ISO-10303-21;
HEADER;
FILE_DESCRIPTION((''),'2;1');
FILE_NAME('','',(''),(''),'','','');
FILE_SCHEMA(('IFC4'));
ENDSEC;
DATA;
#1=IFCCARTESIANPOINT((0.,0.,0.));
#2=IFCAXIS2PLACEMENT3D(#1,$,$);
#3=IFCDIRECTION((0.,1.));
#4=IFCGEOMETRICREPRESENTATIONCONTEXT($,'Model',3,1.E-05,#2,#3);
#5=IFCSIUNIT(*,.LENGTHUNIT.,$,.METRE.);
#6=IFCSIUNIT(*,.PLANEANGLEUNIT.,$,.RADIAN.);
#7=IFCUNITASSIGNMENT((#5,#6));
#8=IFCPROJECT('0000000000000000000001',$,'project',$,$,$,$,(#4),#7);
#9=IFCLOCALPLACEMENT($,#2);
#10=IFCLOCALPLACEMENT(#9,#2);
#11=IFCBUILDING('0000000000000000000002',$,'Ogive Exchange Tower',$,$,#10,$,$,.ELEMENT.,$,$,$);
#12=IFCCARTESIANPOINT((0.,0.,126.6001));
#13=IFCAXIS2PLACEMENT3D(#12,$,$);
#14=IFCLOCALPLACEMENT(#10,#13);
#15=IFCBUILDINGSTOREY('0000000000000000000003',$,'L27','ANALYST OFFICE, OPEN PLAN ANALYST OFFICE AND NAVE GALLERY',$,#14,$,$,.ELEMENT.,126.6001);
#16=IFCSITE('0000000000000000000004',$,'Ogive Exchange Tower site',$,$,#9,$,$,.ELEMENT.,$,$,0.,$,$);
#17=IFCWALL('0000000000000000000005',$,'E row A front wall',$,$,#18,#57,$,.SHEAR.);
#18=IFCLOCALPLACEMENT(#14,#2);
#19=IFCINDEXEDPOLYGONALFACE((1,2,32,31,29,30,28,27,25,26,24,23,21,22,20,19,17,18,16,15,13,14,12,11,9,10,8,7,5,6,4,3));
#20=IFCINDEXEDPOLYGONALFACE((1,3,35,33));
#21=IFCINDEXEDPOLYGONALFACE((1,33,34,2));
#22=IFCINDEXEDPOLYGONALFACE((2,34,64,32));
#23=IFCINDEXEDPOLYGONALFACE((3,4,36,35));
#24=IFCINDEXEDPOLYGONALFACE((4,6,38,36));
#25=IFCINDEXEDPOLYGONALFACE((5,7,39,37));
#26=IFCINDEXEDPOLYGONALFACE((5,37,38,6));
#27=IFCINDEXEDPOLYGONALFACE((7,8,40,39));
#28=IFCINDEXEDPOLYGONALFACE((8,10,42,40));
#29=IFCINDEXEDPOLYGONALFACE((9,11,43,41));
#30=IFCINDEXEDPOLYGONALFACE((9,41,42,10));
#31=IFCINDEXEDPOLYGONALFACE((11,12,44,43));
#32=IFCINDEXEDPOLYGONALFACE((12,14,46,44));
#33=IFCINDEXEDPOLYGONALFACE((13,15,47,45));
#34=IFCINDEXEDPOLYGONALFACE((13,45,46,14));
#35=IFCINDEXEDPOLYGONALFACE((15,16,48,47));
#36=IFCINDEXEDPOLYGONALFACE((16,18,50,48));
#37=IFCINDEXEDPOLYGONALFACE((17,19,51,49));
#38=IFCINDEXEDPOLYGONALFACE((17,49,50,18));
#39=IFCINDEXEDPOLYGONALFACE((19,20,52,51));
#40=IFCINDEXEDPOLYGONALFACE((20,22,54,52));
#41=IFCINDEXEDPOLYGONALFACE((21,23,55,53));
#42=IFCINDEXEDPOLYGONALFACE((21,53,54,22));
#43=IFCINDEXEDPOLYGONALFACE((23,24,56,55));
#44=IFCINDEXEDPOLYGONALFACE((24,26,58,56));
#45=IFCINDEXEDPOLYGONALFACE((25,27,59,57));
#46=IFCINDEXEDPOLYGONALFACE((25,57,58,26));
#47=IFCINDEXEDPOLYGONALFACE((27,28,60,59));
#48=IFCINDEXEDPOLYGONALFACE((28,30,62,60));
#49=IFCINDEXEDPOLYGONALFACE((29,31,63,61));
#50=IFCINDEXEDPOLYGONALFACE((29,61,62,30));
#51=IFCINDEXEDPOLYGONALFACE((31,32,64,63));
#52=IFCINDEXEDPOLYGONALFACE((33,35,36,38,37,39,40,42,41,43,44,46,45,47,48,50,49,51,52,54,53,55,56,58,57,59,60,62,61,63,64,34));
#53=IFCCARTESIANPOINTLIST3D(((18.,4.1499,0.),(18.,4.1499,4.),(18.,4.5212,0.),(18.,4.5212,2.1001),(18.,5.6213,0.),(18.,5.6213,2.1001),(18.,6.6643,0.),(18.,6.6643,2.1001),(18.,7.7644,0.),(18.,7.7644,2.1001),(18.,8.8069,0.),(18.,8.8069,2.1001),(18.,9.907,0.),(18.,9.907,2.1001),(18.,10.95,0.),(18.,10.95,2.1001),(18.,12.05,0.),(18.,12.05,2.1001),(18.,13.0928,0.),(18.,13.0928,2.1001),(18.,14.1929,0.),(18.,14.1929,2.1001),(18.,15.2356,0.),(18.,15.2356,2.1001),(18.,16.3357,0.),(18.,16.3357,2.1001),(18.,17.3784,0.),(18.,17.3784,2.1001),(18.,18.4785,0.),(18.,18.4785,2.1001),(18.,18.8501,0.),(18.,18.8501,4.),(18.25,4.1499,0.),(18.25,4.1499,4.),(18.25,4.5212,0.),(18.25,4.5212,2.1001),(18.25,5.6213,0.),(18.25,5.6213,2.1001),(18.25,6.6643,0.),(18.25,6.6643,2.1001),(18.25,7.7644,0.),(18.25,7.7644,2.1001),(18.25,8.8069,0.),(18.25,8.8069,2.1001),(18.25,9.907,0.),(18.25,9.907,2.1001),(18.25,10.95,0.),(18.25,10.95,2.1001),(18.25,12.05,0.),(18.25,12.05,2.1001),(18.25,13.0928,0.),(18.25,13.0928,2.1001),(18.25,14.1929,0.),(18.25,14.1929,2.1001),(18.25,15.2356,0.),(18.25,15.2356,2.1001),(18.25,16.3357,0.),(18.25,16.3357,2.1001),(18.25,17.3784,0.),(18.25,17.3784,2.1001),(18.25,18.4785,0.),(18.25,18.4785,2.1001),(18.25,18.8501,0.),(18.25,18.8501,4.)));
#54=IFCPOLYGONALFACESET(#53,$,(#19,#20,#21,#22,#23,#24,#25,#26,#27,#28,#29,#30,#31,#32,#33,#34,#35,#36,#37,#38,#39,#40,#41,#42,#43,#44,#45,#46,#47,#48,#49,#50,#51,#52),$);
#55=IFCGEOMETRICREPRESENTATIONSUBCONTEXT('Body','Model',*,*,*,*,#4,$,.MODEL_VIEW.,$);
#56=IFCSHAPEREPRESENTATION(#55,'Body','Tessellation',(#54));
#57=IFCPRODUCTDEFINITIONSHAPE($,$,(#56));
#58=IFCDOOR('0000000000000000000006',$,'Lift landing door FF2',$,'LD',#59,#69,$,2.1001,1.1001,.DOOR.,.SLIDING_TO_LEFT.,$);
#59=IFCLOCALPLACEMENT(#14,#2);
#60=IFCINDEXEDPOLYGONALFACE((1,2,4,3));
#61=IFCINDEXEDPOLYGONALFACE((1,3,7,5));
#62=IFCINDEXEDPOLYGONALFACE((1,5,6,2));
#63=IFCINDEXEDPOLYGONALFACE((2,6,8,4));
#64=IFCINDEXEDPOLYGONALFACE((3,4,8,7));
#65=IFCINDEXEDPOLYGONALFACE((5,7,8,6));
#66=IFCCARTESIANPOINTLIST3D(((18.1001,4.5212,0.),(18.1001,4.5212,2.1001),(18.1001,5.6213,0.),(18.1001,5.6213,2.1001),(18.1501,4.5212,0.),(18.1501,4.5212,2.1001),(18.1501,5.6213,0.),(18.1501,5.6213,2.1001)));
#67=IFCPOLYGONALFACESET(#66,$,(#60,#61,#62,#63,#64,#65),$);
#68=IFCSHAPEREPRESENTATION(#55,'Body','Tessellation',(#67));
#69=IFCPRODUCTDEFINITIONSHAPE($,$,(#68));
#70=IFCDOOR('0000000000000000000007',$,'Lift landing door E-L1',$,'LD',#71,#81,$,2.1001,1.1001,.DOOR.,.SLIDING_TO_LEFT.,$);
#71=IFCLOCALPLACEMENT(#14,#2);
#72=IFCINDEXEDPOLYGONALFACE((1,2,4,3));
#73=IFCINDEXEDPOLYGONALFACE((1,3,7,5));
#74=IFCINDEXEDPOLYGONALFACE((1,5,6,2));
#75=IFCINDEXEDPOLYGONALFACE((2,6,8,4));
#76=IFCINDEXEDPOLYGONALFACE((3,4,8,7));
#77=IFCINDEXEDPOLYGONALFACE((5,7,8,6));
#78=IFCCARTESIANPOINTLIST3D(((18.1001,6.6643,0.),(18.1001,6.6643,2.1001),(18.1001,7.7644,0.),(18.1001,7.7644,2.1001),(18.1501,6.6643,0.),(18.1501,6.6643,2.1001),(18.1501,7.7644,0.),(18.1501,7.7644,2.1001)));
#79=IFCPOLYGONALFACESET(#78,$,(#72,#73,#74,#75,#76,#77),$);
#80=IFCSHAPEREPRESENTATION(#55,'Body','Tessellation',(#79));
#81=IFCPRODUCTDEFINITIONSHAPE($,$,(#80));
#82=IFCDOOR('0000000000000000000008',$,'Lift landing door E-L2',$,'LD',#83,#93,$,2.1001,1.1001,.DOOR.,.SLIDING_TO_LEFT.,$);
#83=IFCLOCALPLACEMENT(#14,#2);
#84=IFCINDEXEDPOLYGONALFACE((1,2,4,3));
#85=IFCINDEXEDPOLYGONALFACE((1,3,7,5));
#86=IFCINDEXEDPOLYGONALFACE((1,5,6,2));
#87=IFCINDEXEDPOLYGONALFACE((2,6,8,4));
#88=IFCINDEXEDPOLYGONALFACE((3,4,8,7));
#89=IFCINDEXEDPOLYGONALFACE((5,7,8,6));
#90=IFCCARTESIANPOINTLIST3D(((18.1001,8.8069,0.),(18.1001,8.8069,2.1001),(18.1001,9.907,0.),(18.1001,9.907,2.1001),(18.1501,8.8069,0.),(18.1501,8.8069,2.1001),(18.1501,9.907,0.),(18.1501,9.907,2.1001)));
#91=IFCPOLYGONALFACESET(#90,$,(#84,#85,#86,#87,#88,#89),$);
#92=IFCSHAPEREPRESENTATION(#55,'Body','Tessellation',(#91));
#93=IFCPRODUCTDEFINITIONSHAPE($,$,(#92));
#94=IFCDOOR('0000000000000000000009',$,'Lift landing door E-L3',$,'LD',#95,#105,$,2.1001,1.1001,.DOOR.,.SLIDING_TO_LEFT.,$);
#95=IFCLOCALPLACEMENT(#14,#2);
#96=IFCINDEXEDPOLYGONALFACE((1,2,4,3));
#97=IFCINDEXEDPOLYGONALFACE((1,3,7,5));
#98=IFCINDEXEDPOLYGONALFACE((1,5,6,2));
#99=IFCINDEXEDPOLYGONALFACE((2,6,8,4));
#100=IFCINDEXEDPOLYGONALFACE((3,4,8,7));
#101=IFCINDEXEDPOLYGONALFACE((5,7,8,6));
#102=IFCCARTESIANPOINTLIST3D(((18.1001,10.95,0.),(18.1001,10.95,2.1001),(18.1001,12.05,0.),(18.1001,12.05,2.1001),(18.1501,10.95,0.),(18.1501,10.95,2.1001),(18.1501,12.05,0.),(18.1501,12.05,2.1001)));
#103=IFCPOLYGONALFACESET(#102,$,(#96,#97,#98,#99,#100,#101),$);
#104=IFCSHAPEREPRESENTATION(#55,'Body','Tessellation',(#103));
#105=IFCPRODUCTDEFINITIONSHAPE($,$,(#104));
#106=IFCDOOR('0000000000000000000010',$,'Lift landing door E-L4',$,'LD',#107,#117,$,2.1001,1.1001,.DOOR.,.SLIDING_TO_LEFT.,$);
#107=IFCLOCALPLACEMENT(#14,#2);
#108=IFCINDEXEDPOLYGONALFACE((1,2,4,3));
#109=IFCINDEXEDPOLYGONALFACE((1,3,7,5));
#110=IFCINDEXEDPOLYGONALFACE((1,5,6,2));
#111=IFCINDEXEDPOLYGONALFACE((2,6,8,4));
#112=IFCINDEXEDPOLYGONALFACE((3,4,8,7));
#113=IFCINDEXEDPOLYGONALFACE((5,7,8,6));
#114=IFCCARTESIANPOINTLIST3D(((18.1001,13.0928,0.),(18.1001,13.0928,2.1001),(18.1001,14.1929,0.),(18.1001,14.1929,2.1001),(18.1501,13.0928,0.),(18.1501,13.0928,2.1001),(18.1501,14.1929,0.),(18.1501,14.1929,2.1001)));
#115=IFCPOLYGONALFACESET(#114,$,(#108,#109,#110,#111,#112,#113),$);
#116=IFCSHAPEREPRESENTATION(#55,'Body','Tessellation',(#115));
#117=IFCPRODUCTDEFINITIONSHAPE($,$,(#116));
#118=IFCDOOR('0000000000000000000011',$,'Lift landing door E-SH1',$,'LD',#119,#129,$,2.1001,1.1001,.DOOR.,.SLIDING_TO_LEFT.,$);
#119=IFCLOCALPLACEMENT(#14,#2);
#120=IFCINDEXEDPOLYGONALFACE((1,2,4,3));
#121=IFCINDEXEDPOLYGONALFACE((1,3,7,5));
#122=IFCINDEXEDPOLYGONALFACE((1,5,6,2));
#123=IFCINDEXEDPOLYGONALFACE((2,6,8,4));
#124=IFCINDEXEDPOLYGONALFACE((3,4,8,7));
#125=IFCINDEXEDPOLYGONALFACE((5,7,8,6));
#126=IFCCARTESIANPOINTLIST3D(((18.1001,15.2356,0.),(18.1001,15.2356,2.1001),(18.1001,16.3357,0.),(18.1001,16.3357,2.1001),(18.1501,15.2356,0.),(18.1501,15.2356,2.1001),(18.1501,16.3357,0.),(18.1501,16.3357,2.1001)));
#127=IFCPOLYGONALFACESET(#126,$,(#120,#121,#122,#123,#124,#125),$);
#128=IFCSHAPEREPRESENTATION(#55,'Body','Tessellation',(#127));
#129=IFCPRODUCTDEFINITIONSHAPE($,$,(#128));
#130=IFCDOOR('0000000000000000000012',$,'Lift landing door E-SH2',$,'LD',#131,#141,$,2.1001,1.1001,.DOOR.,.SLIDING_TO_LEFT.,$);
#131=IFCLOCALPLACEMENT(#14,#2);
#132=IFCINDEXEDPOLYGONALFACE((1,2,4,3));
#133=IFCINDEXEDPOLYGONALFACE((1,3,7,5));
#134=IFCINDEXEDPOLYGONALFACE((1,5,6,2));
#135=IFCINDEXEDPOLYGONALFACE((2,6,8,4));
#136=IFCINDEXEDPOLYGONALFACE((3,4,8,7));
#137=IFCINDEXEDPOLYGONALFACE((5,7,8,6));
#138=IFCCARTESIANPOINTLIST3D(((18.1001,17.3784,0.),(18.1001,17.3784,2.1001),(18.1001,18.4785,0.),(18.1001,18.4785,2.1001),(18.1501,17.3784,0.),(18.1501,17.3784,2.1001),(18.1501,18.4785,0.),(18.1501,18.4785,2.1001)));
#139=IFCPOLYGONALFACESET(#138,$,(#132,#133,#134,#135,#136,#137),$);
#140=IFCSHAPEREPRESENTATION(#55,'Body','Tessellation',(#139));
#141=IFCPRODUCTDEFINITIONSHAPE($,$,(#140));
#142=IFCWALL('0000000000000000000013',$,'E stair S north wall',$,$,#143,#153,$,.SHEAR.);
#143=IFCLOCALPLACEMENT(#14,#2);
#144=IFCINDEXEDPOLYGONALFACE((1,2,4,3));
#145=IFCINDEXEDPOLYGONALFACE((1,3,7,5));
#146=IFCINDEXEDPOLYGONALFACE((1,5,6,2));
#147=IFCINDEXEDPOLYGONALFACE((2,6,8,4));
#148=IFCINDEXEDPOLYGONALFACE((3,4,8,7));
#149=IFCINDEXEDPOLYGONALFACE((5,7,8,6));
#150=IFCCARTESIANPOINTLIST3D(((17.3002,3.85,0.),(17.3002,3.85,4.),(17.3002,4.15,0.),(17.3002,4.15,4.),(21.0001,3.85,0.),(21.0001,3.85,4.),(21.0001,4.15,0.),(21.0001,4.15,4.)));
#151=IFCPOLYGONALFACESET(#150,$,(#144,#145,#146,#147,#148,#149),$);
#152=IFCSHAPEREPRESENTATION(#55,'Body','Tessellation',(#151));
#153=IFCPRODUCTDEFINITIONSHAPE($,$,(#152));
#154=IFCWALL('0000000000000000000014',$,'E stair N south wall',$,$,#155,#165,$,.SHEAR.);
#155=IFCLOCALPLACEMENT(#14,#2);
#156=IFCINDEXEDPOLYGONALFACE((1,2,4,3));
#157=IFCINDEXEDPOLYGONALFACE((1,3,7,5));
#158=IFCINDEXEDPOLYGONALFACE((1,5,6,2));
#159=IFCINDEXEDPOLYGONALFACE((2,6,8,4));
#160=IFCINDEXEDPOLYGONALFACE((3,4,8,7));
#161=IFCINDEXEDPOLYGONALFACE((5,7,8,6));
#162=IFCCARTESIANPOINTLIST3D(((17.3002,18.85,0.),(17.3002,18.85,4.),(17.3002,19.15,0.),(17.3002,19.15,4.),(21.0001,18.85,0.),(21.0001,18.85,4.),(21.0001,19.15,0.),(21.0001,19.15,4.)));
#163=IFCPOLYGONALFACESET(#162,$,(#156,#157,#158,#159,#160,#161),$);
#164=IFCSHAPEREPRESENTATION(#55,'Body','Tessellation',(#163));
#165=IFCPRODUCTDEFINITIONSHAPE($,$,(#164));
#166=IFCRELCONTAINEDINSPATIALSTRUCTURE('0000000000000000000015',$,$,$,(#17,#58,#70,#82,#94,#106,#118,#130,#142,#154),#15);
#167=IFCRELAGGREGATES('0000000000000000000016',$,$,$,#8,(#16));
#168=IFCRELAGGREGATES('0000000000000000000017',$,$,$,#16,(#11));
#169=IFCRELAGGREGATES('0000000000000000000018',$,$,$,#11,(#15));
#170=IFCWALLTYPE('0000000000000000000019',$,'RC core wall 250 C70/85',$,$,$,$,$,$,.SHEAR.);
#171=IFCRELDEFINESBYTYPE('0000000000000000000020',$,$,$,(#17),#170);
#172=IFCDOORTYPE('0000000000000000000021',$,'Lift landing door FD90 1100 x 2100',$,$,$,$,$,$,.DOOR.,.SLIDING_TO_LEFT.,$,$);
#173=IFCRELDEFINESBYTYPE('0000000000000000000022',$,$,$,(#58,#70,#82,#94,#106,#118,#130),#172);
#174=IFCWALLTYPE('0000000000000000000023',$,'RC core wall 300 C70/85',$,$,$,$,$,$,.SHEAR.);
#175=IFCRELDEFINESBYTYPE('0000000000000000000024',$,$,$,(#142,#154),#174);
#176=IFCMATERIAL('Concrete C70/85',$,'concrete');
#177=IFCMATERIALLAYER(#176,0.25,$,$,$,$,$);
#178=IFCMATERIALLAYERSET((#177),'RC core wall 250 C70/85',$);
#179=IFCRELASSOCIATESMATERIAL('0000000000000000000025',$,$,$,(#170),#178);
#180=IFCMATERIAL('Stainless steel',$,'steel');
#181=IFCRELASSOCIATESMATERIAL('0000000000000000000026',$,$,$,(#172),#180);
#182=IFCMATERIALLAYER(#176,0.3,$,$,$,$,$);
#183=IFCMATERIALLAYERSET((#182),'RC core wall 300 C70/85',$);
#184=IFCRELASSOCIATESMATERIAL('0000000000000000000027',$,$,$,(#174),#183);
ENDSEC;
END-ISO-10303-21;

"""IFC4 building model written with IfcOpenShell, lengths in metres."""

from ifc_helpers import new_model, si_unit, direction, frame, frame_2d, origin, place, context, subcontext, project, spatial, rectangle, extrude, material, layer, layer_set, type_object, element, fill, save


model = new_model("IFC4")

# Units and contexts
model_context = context("Model", 3, precision=1e-05, world=origin(), true_north=direction((0.0, 1.0)))
body_context = subcontext(model_context, "Body", "Model", "MODEL_VIEW")
ifc_project = project(units=[si_unit("LENGTHUNIT", "METRE"), si_unit("PLANEANGLEUNIT", "RADIAN")], contexts=[model_context])

# Site, building, storey
site_placement = place(None, origin())
site = spatial("IfcSite", under=ifc_project, at=site_placement, Name="Ogive Exchange Tower site", CompositionType="ELEMENT", RefElevation=0.0)
building_placement = place(site_placement, origin())
building = spatial("IfcBuilding", under=site, at=building_placement, Name="Ogive Exchange Tower", CompositionType="ELEMENT")
storey_placement = place(building_placement, frame((0.0, 0.0, 126.6001)))
storey = spatial("IfcBuildingStorey", under=building, at=storey_placement, Name="L27", Description="ANALYST OFFICE, OPEN PLAN ANALYST OFFICE AND NAVE GALLERY", CompositionType="ELEMENT", Elevation=126.6001)

# Shared definitions
ifc_material_1 = material(Name="Concrete C70/85", Category="concrete")
ifc_layer_1 = layer(ifc_material_1, 0.25)
ifc_layer_set_1 = layer_set([ifc_layer_1], Name="RC core wall 250 C70/85")
wall_type_1 = type_object("IfcWallType", Name="RC core wall 250 C70/85", PredefinedType="SHEAR", material=ifc_layer_set_1)

# Wall, openings, doors
wall_1_placement = place(storey_placement, frame((18.125, 4.1499, 0.0), z_axis=(0.0, 0.0, 1.0), x_axis=(0.0, 1.0, 0.0)))
wall_1 = element("IfcWall", 1, at=wall_1_placement, inside=storey, type_object=wall_type_1, Name="E row A front wall", PredefinedType="SHEAR", context=body_context, shape_type="SweptSolid", body=[
    extrude(rectangle(XDim=14.7002, YDim=0.25, at=frame_2d((7.3501, 0.0))), origin(), (0.0, 0.0, 1.0), 4.0),
])
opening_1_placement = place(wall_1_placement, frame((0.3713, 0.0, 0.0)))
opening_1 = element("IfcOpeningElement", 2, at=opening_1_placement, cuts=wall_1, PredefinedType="OPENING", context=body_context, shape_type="SweptSolid", body=[
    extrude(rectangle(XDim=1.1001, YDim=2.1001, at=frame_2d((0.55, 1.05))), frame((0.0, 0.135, 0.0), z_axis=(0.0, -1.0, 0.0), x_axis=(1.0, 0.0, 0.0)), (0.0, 0.0, 1.0), 0.27),
])
opening_2_placement = place(wall_1_placement, frame((2.5144, 0.0, 0.0)))
opening_2 = element("IfcOpeningElement", 3, at=opening_2_placement, cuts=wall_1, PredefinedType="OPENING", context=body_context, shape_type="SweptSolid", body=[
    extrude(rectangle(XDim=1.1001, YDim=2.1001, at=frame_2d((0.55, 1.05))), frame((0.0, 0.135, 0.0), z_axis=(0.0, -1.0, 0.0), x_axis=(1.0, 0.0, 0.0)), (0.0, 0.0, 1.0), 0.27),
])
opening_3_placement = place(wall_1_placement, frame((4.657, 0.0, 0.0)))
opening_3 = element("IfcOpeningElement", 4, at=opening_3_placement, cuts=wall_1, PredefinedType="OPENING", context=body_context, shape_type="SweptSolid", body=[
    extrude(rectangle(XDim=1.1001, YDim=2.1001, at=frame_2d((0.55, 1.05))), frame((0.0, 0.135, 0.0), z_axis=(0.0, -1.0, 0.0), x_axis=(1.0, 0.0, 0.0)), (0.0, 0.0, 1.0), 0.27),
])
opening_4_placement = place(wall_1_placement, frame((6.8, 0.0, 0.0)))
opening_4 = element("IfcOpeningElement", 5, at=opening_4_placement, cuts=wall_1, PredefinedType="OPENING", context=body_context, shape_type="SweptSolid", body=[
    extrude(rectangle(XDim=1.1001, YDim=2.1001, at=frame_2d((0.55, 1.05))), frame((0.0, 0.135, 0.0), z_axis=(0.0, -1.0, 0.0), x_axis=(1.0, 0.0, 0.0)), (0.0, 0.0, 1.0), 0.27),
])
opening_5_placement = place(wall_1_placement, frame((8.9429, 0.0, 0.0)))
opening_5 = element("IfcOpeningElement", 6, at=opening_5_placement, cuts=wall_1, PredefinedType="OPENING", context=body_context, shape_type="SweptSolid", body=[
    extrude(rectangle(XDim=1.1001, YDim=2.1001, at=frame_2d((0.55, 1.05))), frame((0.0, 0.135, 0.0), z_axis=(0.0, -1.0, 0.0), x_axis=(1.0, 0.0, 0.0)), (0.0, 0.0, 1.0), 0.27),
])
opening_6_placement = place(wall_1_placement, frame((11.0857, 0.0, 0.0)))
opening_6 = element("IfcOpeningElement", 7, at=opening_6_placement, cuts=wall_1, PredefinedType="OPENING", context=body_context, shape_type="SweptSolid", body=[
    extrude(rectangle(XDim=1.1001, YDim=2.1001, at=frame_2d((0.55, 1.05))), frame((0.0, 0.135, 0.0), z_axis=(0.0, -1.0, 0.0), x_axis=(1.0, 0.0, 0.0)), (0.0, 0.0, 1.0), 0.27),
])
opening_7_placement = place(wall_1_placement, frame((13.2285, 0.0, 0.0)))
opening_7 = element("IfcOpeningElement", 8, at=opening_7_placement, cuts=wall_1, PredefinedType="OPENING", context=body_context, shape_type="SweptSolid", body=[
    extrude(rectangle(XDim=1.1001, YDim=2.1001, at=frame_2d((0.55, 1.05))), frame((0.0, 0.135, 0.0), z_axis=(0.0, -1.0, 0.0), x_axis=(1.0, 0.0, 0.0)), (0.0, 0.0, 1.0), 0.27),
])
ifc_material_2 = material(Name="Stainless steel", Category="steel")
door_type_1 = type_object("IfcDoorType", Name="Lift landing door FD90 1100 x 2100", OperationType="SLIDING_TO_LEFT", PredefinedType="DOOR", material=ifc_material_2)
door_1_placement = place(opening_1_placement, origin())
door_1 = element("IfcDoor", 9, at=door_1_placement, inside=storey, type_object=door_type_1, Name="Lift landing door FF2", ObjectType="LD", OperationType="SLIDING_TO_LEFT", OverallHeight=2.1001, OverallWidth=1.1001, PredefinedType="DOOR", context=body_context, shape_type="SweptSolid", body=[
    extrude(rectangle(XDim=1.1001, YDim=2.1001, at=frame_2d((0.55, 1.05))), frame((0.0, 0.0249, 0.0), z_axis=(0.0, -1.0, 0.0), x_axis=(1.0, 0.0, 0.0)), (0.0, 0.0, 1.0), 0.05),
])
fill(opening_1, door_1)
door_2_placement = place(opening_2_placement, origin())
door_2 = element("IfcDoor", 10, at=door_2_placement, inside=storey, type_object=door_type_1, Name="Lift landing door E-L1", ObjectType="LD", OperationType="SLIDING_TO_LEFT", OverallHeight=2.1001, OverallWidth=1.1001, PredefinedType="DOOR", context=body_context, shape_type="SweptSolid", body=[
    extrude(rectangle(XDim=1.1001, YDim=2.1001, at=frame_2d((0.55, 1.05))), frame((0.0, 0.0249, 0.0), z_axis=(0.0, -1.0, 0.0), x_axis=(1.0, 0.0, 0.0)), (0.0, 0.0, 1.0), 0.05),
])
fill(opening_2, door_2)
door_3_placement = place(opening_3_placement, origin())
door_3 = element("IfcDoor", 11, at=door_3_placement, inside=storey, type_object=door_type_1, Name="Lift landing door E-L2", ObjectType="LD", OperationType="SLIDING_TO_LEFT", OverallHeight=2.1001, OverallWidth=1.1001, PredefinedType="DOOR", context=body_context, shape_type="SweptSolid", body=[
    extrude(rectangle(XDim=1.1001, YDim=2.1001, at=frame_2d((0.55, 1.05))), frame((0.0, 0.0249, 0.0), z_axis=(0.0, -1.0, 0.0), x_axis=(1.0, 0.0, 0.0)), (0.0, 0.0, 1.0), 0.05),
])
fill(opening_3, door_3)
door_4_placement = place(opening_4_placement, origin())
door_4 = element("IfcDoor", 12, at=door_4_placement, inside=storey, type_object=door_type_1, Name="Lift landing door E-L3", ObjectType="LD", OperationType="SLIDING_TO_LEFT", OverallHeight=2.1001, OverallWidth=1.1001, PredefinedType="DOOR", context=body_context, shape_type="SweptSolid", body=[
    extrude(rectangle(XDim=1.1001, YDim=2.1001, at=frame_2d((0.55, 1.05))), frame((0.0, 0.0249, 0.0), z_axis=(0.0, -1.0, 0.0), x_axis=(1.0, 0.0, 0.0)), (0.0, 0.0, 1.0), 0.05),
])
fill(opening_4, door_4)
door_5_placement = place(opening_5_placement, origin())
door_5 = element("IfcDoor", 13, at=door_5_placement, inside=storey, type_object=door_type_1, Name="Lift landing door E-L4", ObjectType="LD", OperationType="SLIDING_TO_LEFT", OverallHeight=2.1001, OverallWidth=1.1001, PredefinedType="DOOR", context=body_context, shape_type="SweptSolid", body=[
    extrude(rectangle(XDim=1.1001, YDim=2.1001, at=frame_2d((0.55, 1.05))), frame((0.0, 0.0249, 0.0), z_axis=(0.0, -1.0, 0.0), x_axis=(1.0, 0.0, 0.0)), (0.0, 0.0, 1.0), 0.05),
])
fill(opening_5, door_5)
door_6_placement = place(opening_6_placement, origin())
door_6 = element("IfcDoor", 14, at=door_6_placement, inside=storey, type_object=door_type_1, Name="Lift landing door E-SH1", ObjectType="LD", OperationType="SLIDING_TO_LEFT", OverallHeight=2.1001, OverallWidth=1.1001, PredefinedType="DOOR", context=body_context, shape_type="SweptSolid", body=[
    extrude(rectangle(XDim=1.1001, YDim=2.1001, at=frame_2d((0.55, 1.05))), frame((0.0, 0.0249, 0.0), z_axis=(0.0, -1.0, 0.0), x_axis=(1.0, 0.0, 0.0)), (0.0, 0.0, 1.0), 0.05),
])
fill(opening_6, door_6)
door_7_placement = place(opening_7_placement, origin())
door_7 = element("IfcDoor", 15, at=door_7_placement, inside=storey, type_object=door_type_1, Name="Lift landing door E-SH2", ObjectType="LD", OperationType="SLIDING_TO_LEFT", OverallHeight=2.1001, OverallWidth=1.1001, PredefinedType="DOOR", context=body_context, shape_type="SweptSolid", body=[
    extrude(rectangle(XDim=1.1001, YDim=2.1001, at=frame_2d((0.55, 1.05))), frame((0.0, 0.0249, 0.0), z_axis=(0.0, -1.0, 0.0), x_axis=(1.0, 0.0, 0.0)), (0.0, 0.0, 1.0), 0.05),
])
fill(opening_7, door_7)

# Walls
ifc_layer_2 = layer(ifc_material_1, 0.3)
ifc_layer_set_2 = layer_set([ifc_layer_2], Name="RC core wall 300 C70/85")
wall_type_2 = type_object("IfcWallType", Name="RC core wall 300 C70/85", PredefinedType="SHEAR", material=ifc_layer_set_2)
for number, where, z_axis, x_axis, name in (
    (16, (17.3, 4.0, 0.0), (0.0, 0.0, 1.0), (1.0, 0.0, 0.0), "E stair S north wall"),
    (17, (17.3, 19.0, 0.0), (0.0, 0.0, 1.0), (1.0, 0.0, 0.0), "E stair N south wall"),
):
    element("IfcWall", number, at=place(storey_placement, frame(where, z_axis=z_axis, x_axis=x_axis)), inside=storey, type_object=wall_type_2, Name=name, PredefinedType="SHEAR", context=body_context, shape_type="SweptSolid", body=[
        extrude(rectangle(XDim=3.7, YDim=0.3, at=frame_2d((1.8501, 0.0))), origin(), (0.0, 0.0, 1.0), 4.0),
    ])

save(model, "model.ifc")
